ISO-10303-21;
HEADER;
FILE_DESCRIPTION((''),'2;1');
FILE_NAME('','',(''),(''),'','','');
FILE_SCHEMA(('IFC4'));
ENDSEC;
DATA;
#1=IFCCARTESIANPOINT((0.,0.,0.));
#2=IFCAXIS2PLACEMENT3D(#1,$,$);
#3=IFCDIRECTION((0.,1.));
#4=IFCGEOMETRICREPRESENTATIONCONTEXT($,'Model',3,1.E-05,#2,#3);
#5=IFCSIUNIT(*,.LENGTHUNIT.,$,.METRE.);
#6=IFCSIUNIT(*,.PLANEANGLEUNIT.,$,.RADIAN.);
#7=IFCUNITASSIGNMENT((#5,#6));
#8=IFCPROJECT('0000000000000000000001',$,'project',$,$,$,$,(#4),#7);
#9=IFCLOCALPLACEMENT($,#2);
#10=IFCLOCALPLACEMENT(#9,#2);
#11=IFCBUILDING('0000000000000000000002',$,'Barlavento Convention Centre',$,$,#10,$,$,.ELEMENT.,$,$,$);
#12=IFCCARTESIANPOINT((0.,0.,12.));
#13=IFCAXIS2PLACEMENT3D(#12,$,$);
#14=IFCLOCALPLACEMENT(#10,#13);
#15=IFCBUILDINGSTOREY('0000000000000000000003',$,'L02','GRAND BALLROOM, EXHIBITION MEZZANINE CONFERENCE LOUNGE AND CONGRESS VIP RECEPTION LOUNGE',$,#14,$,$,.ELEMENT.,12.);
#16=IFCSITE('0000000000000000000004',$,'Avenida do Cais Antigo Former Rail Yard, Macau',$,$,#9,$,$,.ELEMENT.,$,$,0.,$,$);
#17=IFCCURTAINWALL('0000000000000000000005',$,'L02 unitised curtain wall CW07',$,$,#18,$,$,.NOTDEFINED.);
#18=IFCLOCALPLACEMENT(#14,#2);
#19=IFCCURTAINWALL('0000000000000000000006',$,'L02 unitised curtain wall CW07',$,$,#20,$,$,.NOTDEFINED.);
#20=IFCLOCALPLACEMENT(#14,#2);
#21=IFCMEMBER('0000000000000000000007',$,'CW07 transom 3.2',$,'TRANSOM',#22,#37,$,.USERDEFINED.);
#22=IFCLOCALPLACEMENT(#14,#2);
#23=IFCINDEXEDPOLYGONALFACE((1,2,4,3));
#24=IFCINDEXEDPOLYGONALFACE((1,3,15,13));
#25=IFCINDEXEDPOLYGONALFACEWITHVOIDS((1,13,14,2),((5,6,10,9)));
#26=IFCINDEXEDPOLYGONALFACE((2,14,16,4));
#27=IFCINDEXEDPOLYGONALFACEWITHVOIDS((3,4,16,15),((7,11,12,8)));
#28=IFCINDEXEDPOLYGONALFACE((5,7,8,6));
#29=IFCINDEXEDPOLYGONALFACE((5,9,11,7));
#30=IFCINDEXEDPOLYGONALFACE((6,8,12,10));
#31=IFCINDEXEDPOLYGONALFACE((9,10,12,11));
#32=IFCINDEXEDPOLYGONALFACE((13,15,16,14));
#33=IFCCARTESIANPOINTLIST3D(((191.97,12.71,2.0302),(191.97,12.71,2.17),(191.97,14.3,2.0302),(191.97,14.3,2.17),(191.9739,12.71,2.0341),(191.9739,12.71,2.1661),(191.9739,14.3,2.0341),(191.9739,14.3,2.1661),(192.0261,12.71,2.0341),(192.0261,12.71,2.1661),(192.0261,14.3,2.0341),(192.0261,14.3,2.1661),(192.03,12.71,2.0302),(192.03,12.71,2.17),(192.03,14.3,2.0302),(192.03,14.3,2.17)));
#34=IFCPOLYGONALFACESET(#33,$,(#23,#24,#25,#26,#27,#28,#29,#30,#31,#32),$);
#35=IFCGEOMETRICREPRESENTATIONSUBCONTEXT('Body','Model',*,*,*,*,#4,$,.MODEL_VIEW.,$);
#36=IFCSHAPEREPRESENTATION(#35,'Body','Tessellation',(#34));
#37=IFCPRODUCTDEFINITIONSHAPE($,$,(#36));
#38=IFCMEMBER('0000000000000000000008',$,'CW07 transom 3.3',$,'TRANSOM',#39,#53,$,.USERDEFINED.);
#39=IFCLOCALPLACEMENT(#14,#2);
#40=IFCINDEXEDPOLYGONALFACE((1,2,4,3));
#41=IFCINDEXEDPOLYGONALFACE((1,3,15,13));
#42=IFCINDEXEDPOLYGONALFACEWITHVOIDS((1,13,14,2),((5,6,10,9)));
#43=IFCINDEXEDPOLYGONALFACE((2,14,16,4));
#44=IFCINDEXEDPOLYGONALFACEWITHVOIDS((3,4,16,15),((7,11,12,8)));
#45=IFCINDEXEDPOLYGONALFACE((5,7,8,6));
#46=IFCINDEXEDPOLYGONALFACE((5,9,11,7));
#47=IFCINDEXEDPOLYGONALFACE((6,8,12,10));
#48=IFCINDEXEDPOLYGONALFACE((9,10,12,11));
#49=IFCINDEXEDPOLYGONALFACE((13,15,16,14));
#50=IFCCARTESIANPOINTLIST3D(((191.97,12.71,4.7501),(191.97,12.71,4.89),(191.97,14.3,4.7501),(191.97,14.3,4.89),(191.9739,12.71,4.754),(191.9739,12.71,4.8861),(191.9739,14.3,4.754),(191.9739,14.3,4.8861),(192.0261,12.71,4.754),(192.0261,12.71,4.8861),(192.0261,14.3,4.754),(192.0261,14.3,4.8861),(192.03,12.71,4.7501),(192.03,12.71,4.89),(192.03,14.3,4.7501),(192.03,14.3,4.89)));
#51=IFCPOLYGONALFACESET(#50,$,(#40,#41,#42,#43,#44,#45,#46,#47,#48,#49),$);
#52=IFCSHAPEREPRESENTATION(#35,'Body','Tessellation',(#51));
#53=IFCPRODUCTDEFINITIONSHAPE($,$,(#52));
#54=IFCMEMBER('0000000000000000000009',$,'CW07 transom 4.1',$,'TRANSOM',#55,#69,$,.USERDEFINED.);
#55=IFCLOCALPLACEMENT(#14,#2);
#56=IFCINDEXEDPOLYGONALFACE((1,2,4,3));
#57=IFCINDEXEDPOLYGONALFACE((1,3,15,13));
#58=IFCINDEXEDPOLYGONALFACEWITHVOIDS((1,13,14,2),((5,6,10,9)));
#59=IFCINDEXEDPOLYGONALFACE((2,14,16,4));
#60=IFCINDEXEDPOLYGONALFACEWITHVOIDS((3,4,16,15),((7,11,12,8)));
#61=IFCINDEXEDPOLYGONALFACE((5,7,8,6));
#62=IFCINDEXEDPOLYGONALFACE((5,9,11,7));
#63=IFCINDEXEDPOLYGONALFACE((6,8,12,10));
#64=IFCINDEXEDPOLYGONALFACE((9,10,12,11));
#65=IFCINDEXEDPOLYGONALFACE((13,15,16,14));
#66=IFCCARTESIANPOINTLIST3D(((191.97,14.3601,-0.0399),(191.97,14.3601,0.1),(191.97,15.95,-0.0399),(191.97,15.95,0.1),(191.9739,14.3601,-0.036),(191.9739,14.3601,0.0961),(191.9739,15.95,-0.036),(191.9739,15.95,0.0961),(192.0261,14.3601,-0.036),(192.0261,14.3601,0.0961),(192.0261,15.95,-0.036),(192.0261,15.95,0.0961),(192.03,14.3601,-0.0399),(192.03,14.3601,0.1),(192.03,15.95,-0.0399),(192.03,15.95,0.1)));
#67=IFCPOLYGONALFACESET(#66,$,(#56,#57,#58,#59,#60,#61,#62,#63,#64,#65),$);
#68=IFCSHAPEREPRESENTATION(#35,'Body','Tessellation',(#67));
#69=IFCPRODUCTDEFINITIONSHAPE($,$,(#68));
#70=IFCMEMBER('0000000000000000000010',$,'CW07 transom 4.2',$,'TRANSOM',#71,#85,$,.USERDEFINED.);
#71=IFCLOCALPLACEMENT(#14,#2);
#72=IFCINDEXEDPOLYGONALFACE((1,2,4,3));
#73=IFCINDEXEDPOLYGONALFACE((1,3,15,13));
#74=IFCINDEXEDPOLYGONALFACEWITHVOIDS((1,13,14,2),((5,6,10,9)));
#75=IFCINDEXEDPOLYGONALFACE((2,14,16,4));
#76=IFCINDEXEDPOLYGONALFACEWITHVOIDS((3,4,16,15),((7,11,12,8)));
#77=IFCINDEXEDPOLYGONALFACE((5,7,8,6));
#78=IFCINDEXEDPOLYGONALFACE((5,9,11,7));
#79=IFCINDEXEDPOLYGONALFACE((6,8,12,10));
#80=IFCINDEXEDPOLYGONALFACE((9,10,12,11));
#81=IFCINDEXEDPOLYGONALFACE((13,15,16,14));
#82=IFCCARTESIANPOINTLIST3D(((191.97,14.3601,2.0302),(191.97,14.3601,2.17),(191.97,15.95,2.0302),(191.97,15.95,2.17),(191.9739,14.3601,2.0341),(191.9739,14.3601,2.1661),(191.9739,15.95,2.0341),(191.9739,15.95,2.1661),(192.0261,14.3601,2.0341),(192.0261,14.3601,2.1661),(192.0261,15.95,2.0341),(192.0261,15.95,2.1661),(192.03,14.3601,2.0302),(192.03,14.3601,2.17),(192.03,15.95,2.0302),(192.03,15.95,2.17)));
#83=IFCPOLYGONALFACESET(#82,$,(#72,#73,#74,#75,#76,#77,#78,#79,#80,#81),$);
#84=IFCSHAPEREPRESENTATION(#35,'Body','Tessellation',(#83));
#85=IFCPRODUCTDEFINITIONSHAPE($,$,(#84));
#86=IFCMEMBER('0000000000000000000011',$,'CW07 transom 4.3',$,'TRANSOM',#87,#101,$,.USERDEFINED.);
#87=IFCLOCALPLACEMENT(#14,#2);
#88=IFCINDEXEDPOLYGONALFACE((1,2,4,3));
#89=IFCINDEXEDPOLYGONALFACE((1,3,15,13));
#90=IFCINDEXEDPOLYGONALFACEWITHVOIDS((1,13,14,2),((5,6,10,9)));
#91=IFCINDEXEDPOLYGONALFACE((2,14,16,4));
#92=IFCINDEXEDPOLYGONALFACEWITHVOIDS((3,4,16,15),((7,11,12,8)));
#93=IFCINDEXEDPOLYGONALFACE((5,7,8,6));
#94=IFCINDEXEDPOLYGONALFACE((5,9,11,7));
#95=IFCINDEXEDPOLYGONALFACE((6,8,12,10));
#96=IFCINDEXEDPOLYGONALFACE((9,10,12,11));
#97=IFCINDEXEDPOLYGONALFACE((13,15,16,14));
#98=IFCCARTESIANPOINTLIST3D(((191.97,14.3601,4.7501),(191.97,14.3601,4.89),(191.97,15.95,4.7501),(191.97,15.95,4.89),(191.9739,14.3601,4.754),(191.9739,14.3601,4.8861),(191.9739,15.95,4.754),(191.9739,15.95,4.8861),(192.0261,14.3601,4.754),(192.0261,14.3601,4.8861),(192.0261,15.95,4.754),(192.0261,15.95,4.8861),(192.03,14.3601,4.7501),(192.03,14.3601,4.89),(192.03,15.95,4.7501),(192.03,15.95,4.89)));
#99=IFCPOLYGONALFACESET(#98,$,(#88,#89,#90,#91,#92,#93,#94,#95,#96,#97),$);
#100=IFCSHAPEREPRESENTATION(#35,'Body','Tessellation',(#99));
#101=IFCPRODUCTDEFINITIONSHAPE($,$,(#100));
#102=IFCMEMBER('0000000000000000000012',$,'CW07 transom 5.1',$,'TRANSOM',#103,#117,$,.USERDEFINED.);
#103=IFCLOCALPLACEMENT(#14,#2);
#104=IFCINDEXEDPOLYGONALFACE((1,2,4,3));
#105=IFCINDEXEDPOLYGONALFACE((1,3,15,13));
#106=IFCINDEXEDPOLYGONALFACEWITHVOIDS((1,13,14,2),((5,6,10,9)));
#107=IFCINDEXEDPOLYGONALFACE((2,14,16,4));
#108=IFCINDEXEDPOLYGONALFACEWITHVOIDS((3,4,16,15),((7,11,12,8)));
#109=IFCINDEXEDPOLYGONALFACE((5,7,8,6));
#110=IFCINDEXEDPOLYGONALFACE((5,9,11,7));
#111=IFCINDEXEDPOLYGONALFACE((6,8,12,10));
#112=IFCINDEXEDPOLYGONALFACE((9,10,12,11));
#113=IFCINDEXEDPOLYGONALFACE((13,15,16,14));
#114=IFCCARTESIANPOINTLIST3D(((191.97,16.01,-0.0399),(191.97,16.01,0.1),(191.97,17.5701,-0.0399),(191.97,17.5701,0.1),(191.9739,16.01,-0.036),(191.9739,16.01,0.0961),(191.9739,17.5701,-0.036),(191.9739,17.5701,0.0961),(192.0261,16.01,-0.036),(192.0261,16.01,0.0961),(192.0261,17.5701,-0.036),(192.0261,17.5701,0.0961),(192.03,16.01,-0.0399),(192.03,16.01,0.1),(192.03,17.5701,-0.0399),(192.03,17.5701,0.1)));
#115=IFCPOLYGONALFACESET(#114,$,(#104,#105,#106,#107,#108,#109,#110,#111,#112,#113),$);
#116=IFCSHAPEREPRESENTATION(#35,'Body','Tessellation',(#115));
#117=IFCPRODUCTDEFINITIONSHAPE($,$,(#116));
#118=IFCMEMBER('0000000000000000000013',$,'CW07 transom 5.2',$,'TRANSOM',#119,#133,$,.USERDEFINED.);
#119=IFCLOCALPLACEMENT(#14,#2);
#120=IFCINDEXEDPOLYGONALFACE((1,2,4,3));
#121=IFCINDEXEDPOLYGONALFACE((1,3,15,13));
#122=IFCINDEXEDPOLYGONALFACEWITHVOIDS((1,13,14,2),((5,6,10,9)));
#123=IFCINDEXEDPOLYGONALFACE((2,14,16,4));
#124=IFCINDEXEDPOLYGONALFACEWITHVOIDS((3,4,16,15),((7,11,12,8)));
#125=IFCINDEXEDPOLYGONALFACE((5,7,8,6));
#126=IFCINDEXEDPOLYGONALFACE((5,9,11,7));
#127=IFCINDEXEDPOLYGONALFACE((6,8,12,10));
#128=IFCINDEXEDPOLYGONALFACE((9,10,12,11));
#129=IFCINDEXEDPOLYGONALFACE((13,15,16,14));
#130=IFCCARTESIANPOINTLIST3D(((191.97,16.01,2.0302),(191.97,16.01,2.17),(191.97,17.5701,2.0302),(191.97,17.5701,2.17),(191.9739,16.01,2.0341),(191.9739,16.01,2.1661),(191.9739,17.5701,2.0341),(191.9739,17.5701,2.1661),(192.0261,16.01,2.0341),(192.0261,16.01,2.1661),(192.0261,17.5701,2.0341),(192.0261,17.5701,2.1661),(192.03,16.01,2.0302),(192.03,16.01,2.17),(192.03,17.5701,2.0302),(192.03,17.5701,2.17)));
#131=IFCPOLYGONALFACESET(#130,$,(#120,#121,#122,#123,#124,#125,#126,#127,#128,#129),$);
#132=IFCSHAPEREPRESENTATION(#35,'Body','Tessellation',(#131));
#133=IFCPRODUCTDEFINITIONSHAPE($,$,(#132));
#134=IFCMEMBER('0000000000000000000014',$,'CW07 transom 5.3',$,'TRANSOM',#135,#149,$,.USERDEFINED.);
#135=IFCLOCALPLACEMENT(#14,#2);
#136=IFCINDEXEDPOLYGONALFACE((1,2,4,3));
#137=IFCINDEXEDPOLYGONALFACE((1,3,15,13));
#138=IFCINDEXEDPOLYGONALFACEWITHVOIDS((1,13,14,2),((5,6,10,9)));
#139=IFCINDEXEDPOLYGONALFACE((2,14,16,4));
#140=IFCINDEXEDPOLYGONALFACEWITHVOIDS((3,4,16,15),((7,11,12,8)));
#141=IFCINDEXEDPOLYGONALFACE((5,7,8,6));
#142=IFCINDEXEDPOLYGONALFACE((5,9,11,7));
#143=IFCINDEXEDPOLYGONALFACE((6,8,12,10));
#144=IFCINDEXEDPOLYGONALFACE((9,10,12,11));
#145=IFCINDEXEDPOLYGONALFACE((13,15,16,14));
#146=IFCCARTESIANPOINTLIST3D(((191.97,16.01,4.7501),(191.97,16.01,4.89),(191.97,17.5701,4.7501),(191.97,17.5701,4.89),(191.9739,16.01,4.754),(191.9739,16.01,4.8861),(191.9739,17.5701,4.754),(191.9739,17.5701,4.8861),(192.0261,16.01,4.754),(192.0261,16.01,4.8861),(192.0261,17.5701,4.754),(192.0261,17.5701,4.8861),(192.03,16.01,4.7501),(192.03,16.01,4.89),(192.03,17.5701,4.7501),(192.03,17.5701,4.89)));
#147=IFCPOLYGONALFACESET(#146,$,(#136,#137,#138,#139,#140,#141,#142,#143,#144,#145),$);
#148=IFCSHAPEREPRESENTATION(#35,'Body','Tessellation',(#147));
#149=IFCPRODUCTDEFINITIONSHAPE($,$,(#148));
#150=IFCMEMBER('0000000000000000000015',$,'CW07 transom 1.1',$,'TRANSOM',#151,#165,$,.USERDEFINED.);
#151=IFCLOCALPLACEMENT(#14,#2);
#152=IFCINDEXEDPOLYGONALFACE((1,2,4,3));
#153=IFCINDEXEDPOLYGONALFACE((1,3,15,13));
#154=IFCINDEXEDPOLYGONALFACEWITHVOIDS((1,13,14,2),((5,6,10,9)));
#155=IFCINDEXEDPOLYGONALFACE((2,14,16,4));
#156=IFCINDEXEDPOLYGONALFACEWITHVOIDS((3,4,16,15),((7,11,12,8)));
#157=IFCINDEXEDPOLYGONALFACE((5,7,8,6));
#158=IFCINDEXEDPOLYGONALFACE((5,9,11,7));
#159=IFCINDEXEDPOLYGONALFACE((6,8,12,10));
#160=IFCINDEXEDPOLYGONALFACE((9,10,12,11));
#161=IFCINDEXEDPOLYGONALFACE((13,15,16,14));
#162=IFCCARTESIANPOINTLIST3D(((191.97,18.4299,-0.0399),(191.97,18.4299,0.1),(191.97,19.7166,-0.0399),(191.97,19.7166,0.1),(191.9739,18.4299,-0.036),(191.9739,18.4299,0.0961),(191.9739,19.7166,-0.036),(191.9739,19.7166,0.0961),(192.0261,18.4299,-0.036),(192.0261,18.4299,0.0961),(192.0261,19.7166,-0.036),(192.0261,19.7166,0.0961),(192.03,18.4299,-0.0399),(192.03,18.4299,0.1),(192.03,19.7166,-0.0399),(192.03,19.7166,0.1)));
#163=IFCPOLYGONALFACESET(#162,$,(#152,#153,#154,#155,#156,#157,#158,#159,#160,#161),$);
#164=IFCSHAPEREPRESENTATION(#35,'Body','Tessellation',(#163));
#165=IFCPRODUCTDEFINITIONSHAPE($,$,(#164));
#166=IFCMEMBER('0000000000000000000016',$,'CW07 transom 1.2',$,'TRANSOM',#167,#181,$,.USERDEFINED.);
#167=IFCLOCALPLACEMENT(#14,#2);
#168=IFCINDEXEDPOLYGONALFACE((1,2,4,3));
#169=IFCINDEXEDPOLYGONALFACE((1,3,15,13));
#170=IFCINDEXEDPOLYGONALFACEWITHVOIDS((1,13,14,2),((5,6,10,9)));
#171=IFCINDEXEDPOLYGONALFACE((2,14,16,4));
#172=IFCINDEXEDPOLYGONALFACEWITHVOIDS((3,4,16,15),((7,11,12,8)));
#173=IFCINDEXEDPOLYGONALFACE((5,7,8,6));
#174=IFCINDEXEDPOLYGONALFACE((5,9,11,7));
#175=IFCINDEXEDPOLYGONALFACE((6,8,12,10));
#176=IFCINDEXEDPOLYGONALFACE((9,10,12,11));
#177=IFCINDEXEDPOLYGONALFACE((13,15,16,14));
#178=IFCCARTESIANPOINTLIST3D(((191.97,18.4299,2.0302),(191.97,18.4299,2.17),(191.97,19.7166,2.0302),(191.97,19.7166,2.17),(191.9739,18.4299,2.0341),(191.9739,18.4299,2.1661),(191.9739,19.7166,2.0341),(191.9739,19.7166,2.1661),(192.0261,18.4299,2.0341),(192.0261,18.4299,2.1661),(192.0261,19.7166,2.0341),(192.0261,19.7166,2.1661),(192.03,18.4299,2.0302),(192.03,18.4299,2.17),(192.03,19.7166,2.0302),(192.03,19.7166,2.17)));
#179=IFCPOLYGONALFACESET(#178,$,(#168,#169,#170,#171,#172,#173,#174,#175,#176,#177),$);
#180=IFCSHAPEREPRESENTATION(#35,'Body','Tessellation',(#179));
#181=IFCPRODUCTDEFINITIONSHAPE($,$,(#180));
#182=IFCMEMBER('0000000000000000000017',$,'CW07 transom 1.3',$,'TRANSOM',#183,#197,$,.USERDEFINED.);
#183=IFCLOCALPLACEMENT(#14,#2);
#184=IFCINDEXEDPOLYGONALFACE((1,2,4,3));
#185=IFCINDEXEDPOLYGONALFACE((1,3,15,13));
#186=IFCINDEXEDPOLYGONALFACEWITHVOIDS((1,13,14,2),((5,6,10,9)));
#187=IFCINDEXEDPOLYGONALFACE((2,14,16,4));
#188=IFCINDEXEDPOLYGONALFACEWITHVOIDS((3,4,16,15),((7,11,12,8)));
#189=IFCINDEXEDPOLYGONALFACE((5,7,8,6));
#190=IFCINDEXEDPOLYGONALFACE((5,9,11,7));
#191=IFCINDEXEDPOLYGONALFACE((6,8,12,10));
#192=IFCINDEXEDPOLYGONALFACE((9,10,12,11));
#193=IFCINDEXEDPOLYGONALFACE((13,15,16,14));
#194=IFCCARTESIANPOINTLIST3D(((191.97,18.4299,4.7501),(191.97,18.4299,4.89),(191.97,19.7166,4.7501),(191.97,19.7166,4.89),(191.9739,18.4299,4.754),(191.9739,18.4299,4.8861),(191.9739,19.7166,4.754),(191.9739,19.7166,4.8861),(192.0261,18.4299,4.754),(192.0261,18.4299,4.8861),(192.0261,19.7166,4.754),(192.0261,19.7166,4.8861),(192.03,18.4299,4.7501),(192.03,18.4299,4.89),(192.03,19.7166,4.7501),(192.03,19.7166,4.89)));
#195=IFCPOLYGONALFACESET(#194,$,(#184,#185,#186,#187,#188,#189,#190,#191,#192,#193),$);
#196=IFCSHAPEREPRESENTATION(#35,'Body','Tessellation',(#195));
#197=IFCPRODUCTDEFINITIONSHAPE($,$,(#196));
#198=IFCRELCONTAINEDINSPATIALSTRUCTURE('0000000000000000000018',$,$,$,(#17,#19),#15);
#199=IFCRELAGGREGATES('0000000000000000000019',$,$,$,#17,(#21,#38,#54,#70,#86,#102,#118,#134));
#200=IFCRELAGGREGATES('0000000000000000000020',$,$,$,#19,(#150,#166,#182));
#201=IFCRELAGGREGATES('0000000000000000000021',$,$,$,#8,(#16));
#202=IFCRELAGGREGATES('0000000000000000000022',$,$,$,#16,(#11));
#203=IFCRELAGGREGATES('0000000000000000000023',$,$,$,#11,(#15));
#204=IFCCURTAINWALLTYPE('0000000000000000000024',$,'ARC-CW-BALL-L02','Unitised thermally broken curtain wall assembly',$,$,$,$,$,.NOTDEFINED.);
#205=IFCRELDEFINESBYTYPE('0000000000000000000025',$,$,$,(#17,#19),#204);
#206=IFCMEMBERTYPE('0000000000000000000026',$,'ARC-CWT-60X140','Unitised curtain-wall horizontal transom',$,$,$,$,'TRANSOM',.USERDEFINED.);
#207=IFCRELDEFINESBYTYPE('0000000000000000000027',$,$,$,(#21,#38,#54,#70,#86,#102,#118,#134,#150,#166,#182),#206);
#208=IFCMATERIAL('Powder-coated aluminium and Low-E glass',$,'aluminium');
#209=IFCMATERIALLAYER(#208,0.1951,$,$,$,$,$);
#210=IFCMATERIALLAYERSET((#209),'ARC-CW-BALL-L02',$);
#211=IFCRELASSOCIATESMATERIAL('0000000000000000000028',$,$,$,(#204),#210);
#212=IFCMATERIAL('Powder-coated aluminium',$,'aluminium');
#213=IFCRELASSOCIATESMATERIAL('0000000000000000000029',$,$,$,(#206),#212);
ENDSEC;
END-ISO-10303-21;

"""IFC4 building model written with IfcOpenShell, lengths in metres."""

from ifc_helpers import new_model, si_unit, direction, frame, origin, origin_2d, place, context, subcontext, project, spatial, hollow_rectangle, extrude, material, layer, layer_set, material_profile, profile_set, type_object, element, aggregate, save


model = new_model("IFC4")

# Units and contexts
model_context = context("Model", 3, precision=1e-05, world=origin(), true_north=direction((0.0, 1.0)))
body_context = subcontext(model_context, "Body", "Model", "MODEL_VIEW")
ifc_project = project(units=[si_unit("LENGTHUNIT", "METRE"), si_unit("PLANEANGLEUNIT", "RADIAN")], contexts=[model_context])

# Site, building, storey
site_placement = place(None, origin())
site = spatial("IfcSite", under=ifc_project, at=site_placement, Name="Avenida do Cais Antigo Former Rail Yard, Macau", CompositionType="ELEMENT", RefElevation=0.0)
building_placement = place(site_placement, origin())
building = spatial("IfcBuilding", under=site, at=building_placement, Name="Barlavento Convention Centre", CompositionType="ELEMENT")
storey_placement = place(building_placement, frame((0.0, 0.0, 12.0)))
storey = spatial("IfcBuildingStorey", under=building, at=storey_placement, Name="L02", Description="GRAND BALLROOM, EXHIBITION MEZZANINE CONFERENCE LOUNGE AND CONGRESS VIP RECEPTION LOUNGE", CompositionType="ELEMENT", Elevation=12.0)

# Curtain wall
ifc_material_1 = material(Name="Powder-coated aluminium and Low-E glass", Category="aluminium")
ifc_layer_1 = layer(ifc_material_1, 0.1951)
ifc_layer_set_1 = layer_set([ifc_layer_1], Name="ARC-CW-BALL-L02")
curtain_wall_type = type_object("IfcCurtainWallType", Name="ARC-CW-BALL-L02", Description="Unitised thermally broken curtain wall assembly", PredefinedType="NOTDEFINED", material=ifc_layer_set_1)
curtain_wall_1_placement = place(storey_placement, origin())
curtain_wall_1 = element("IfcCurtainWall", 1, at=curtain_wall_1_placement, inside=storey, type_object=curtain_wall_type, Name="L02 unitised curtain wall CW07", PredefinedType="NOTDEFINED")
ifc_material_2 = material(Name="Powder-coated aluminium", Category="aluminium")

# Curtain wall
curtain_wall_2_placement = place(storey_placement, origin())
curtain_wall_2 = element("IfcCurtainWall", 2, at=curtain_wall_2_placement, inside=storey, type_object=curtain_wall_type, Name="L02 unitised curtain wall CW07", PredefinedType="NOTDEFINED")

# Members
ifc_material_profile_1 = material_profile(ifc_material_2, hollow_rectangle(XDim=0.0601, YDim=0.1399, WallThickness=0.0039, at=origin_2d()), Name="AL-TRAN 60x140x4")
ifc_profile_set_1 = profile_set([ifc_material_profile_1], Name="Powder-coated aluminium")
member_type_1 = type_object("IfcMemberType", Name="ARC-CWT-60X140", Description="Unitised curtain-wall horizontal transom", ElementType="TRANSOM", PredefinedType="USERDEFINED", material=ifc_profile_set_1)
member_1_placement = place(storey_placement, frame((192.0, 12.71, 2.1001), z_axis=(0.0, 1.0, 0.0), x_axis=(-1.0, 0.0, 0.0)))
member_1 = element("IfcMember", 3, at=member_1_placement, type_object=member_type_1, Name="CW07 transom 3.2", ObjectType="TRANSOM", PredefinedType="USERDEFINED", context=body_context, shape_type="SweptSolid", body=[
    extrude(hollow_rectangle(XDim=0.0601, YDim=0.1399, WallThickness=0.0039, at=origin_2d()), origin(), (0.0, 0.0, 1.0), 1.5901),
])
member_2_placement = place(storey_placement, frame((192.0, 12.71, 4.8201), z_axis=(0.0, 1.0, 0.0), x_axis=(-1.0, 0.0, 0.0)))
member_2 = element("IfcMember", 4, at=member_2_placement, type_object=member_type_1, Name="CW07 transom 3.3", ObjectType="TRANSOM", PredefinedType="USERDEFINED", context=body_context, shape_type="SweptSolid", body=[
    extrude(hollow_rectangle(XDim=0.0601, YDim=0.1399, WallThickness=0.0039, at=origin_2d()), origin(), (0.0, 0.0, 1.0), 1.5901),
])
member_3_placement = place(storey_placement, frame((192.0, 14.3601, 0.03), z_axis=(0.0, 1.0, 0.0), x_axis=(-1.0, 0.0, 0.0)))
member_3 = element("IfcMember", 5, at=member_3_placement, type_object=member_type_1, Name="CW07 transom 4.1", ObjectType="TRANSOM", PredefinedType="USERDEFINED", context=body_context, shape_type="SweptSolid", body=[
    extrude(hollow_rectangle(XDim=0.0601, YDim=0.1399, WallThickness=0.0039, at=origin_2d()), origin(), (0.0, 0.0, 1.0), 1.5898),
])
member_4_placement = place(storey_placement, frame((192.0, 14.3601, 2.1001), z_axis=(0.0, 1.0, 0.0), x_axis=(-1.0, 0.0, 0.0)))
member_4 = element("IfcMember", 6, at=member_4_placement, type_object=member_type_1, Name="CW07 transom 4.2", ObjectType="TRANSOM", PredefinedType="USERDEFINED", context=body_context, shape_type="SweptSolid", body=[
    extrude(hollow_rectangle(XDim=0.0601, YDim=0.1399, WallThickness=0.0039, at=origin_2d()), origin(), (0.0, 0.0, 1.0), 1.5898),
])
member_5_placement = place(storey_placement, frame((192.0, 14.3601, 4.8201), z_axis=(0.0, 1.0, 0.0), x_axis=(-1.0, 0.0, 0.0)))
member_5 = element("IfcMember", 7, at=member_5_placement, type_object=member_type_1, Name="CW07 transom 4.3", ObjectType="TRANSOM", PredefinedType="USERDEFINED", context=body_context, shape_type="SweptSolid", body=[
    extrude(hollow_rectangle(XDim=0.0601, YDim=0.1399, WallThickness=0.0039, at=origin_2d()), origin(), (0.0, 0.0, 1.0), 1.5898),
])
member_6_placement = place(storey_placement, frame((192.0, 16.01, 0.03), z_axis=(0.0, 1.0, 0.0), x_axis=(-1.0, 0.0, 0.0)))
member_6 = element("IfcMember", 8, at=member_6_placement, type_object=member_type_1, Name="CW07 transom 5.1", ObjectType="TRANSOM", PredefinedType="USERDEFINED", context=body_context, shape_type="SweptSolid", body=[
    extrude(hollow_rectangle(XDim=0.0601, YDim=0.1399, WallThickness=0.0039, at=origin_2d()), origin(), (0.0, 0.0, 1.0), 1.5601),
])
member_7_placement = place(storey_placement, frame((192.0, 16.01, 2.1001), z_axis=(0.0, 1.0, 0.0), x_axis=(-1.0, 0.0, 0.0)))
member_7 = element("IfcMember", 9, at=member_7_placement, type_object=member_type_1, Name="CW07 transom 5.2", ObjectType="TRANSOM", PredefinedType="USERDEFINED", context=body_context, shape_type="SweptSolid", body=[
    extrude(hollow_rectangle(XDim=0.0601, YDim=0.1399, WallThickness=0.0039, at=origin_2d()), origin(), (0.0, 0.0, 1.0), 1.5601),
])
member_8_placement = place(storey_placement, frame((192.0, 16.01, 4.8201), z_axis=(0.0, 1.0, 0.0), x_axis=(-1.0, 0.0, 0.0)))
member_8 = element("IfcMember", 10, at=member_8_placement, type_object=member_type_1, Name="CW07 transom 5.3", ObjectType="TRANSOM", PredefinedType="USERDEFINED", context=body_context, shape_type="SweptSolid", body=[
    extrude(hollow_rectangle(XDim=0.0601, YDim=0.1399, WallThickness=0.0039, at=origin_2d()), origin(), (0.0, 0.0, 1.0), 1.5601),
])
member_9_placement = place(storey_placement, frame((192.0, 18.4299, 0.03), z_axis=(0.0, 1.0, 0.0), x_axis=(-1.0, 0.0, 0.0)))
member_9 = element("IfcMember", 11, at=member_9_placement, type_object=member_type_1, Name="CW07 transom 1.1", ObjectType="TRANSOM", PredefinedType="USERDEFINED", context=body_context, shape_type="SweptSolid", body=[
    extrude(hollow_rectangle(XDim=0.0601, YDim=0.1399, WallThickness=0.0039, at=origin_2d()), origin(), (0.0, 0.0, 1.0), 1.2866),
])
member_10_placement = place(storey_placement, frame((192.0, 18.4299, 2.1001), z_axis=(0.0, 1.0, 0.0), x_axis=(-1.0, 0.0, 0.0)))
member_10 = element("IfcMember", 12, at=member_10_placement, type_object=member_type_1, Name="CW07 transom 1.2", ObjectType="TRANSOM", PredefinedType="USERDEFINED", context=body_context, shape_type="SweptSolid", body=[
    extrude(hollow_rectangle(XDim=0.0601, YDim=0.1399, WallThickness=0.0039, at=origin_2d()), origin(), (0.0, 0.0, 1.0), 1.2866),
])
member_11_placement = place(storey_placement, frame((192.0, 18.4299, 4.8201), z_axis=(0.0, 1.0, 0.0), x_axis=(-1.0, 0.0, 0.0)))
member_11 = element("IfcMember", 13, at=member_11_placement, type_object=member_type_1, Name="CW07 transom 1.3", ObjectType="TRANSOM", PredefinedType="USERDEFINED", context=body_context, shape_type="SweptSolid", body=[
    extrude(hollow_rectangle(XDim=0.0601, YDim=0.1399, WallThickness=0.0039, at=origin_2d()), origin(), (0.0, 0.0, 1.0), 1.2866),
])

aggregate(curtain_wall_1, [member_1, member_2, member_3, member_4, member_5, member_6, member_7, member_8])
aggregate(curtain_wall_2, [member_9, member_10, member_11])

save(model, "model.ifc")
